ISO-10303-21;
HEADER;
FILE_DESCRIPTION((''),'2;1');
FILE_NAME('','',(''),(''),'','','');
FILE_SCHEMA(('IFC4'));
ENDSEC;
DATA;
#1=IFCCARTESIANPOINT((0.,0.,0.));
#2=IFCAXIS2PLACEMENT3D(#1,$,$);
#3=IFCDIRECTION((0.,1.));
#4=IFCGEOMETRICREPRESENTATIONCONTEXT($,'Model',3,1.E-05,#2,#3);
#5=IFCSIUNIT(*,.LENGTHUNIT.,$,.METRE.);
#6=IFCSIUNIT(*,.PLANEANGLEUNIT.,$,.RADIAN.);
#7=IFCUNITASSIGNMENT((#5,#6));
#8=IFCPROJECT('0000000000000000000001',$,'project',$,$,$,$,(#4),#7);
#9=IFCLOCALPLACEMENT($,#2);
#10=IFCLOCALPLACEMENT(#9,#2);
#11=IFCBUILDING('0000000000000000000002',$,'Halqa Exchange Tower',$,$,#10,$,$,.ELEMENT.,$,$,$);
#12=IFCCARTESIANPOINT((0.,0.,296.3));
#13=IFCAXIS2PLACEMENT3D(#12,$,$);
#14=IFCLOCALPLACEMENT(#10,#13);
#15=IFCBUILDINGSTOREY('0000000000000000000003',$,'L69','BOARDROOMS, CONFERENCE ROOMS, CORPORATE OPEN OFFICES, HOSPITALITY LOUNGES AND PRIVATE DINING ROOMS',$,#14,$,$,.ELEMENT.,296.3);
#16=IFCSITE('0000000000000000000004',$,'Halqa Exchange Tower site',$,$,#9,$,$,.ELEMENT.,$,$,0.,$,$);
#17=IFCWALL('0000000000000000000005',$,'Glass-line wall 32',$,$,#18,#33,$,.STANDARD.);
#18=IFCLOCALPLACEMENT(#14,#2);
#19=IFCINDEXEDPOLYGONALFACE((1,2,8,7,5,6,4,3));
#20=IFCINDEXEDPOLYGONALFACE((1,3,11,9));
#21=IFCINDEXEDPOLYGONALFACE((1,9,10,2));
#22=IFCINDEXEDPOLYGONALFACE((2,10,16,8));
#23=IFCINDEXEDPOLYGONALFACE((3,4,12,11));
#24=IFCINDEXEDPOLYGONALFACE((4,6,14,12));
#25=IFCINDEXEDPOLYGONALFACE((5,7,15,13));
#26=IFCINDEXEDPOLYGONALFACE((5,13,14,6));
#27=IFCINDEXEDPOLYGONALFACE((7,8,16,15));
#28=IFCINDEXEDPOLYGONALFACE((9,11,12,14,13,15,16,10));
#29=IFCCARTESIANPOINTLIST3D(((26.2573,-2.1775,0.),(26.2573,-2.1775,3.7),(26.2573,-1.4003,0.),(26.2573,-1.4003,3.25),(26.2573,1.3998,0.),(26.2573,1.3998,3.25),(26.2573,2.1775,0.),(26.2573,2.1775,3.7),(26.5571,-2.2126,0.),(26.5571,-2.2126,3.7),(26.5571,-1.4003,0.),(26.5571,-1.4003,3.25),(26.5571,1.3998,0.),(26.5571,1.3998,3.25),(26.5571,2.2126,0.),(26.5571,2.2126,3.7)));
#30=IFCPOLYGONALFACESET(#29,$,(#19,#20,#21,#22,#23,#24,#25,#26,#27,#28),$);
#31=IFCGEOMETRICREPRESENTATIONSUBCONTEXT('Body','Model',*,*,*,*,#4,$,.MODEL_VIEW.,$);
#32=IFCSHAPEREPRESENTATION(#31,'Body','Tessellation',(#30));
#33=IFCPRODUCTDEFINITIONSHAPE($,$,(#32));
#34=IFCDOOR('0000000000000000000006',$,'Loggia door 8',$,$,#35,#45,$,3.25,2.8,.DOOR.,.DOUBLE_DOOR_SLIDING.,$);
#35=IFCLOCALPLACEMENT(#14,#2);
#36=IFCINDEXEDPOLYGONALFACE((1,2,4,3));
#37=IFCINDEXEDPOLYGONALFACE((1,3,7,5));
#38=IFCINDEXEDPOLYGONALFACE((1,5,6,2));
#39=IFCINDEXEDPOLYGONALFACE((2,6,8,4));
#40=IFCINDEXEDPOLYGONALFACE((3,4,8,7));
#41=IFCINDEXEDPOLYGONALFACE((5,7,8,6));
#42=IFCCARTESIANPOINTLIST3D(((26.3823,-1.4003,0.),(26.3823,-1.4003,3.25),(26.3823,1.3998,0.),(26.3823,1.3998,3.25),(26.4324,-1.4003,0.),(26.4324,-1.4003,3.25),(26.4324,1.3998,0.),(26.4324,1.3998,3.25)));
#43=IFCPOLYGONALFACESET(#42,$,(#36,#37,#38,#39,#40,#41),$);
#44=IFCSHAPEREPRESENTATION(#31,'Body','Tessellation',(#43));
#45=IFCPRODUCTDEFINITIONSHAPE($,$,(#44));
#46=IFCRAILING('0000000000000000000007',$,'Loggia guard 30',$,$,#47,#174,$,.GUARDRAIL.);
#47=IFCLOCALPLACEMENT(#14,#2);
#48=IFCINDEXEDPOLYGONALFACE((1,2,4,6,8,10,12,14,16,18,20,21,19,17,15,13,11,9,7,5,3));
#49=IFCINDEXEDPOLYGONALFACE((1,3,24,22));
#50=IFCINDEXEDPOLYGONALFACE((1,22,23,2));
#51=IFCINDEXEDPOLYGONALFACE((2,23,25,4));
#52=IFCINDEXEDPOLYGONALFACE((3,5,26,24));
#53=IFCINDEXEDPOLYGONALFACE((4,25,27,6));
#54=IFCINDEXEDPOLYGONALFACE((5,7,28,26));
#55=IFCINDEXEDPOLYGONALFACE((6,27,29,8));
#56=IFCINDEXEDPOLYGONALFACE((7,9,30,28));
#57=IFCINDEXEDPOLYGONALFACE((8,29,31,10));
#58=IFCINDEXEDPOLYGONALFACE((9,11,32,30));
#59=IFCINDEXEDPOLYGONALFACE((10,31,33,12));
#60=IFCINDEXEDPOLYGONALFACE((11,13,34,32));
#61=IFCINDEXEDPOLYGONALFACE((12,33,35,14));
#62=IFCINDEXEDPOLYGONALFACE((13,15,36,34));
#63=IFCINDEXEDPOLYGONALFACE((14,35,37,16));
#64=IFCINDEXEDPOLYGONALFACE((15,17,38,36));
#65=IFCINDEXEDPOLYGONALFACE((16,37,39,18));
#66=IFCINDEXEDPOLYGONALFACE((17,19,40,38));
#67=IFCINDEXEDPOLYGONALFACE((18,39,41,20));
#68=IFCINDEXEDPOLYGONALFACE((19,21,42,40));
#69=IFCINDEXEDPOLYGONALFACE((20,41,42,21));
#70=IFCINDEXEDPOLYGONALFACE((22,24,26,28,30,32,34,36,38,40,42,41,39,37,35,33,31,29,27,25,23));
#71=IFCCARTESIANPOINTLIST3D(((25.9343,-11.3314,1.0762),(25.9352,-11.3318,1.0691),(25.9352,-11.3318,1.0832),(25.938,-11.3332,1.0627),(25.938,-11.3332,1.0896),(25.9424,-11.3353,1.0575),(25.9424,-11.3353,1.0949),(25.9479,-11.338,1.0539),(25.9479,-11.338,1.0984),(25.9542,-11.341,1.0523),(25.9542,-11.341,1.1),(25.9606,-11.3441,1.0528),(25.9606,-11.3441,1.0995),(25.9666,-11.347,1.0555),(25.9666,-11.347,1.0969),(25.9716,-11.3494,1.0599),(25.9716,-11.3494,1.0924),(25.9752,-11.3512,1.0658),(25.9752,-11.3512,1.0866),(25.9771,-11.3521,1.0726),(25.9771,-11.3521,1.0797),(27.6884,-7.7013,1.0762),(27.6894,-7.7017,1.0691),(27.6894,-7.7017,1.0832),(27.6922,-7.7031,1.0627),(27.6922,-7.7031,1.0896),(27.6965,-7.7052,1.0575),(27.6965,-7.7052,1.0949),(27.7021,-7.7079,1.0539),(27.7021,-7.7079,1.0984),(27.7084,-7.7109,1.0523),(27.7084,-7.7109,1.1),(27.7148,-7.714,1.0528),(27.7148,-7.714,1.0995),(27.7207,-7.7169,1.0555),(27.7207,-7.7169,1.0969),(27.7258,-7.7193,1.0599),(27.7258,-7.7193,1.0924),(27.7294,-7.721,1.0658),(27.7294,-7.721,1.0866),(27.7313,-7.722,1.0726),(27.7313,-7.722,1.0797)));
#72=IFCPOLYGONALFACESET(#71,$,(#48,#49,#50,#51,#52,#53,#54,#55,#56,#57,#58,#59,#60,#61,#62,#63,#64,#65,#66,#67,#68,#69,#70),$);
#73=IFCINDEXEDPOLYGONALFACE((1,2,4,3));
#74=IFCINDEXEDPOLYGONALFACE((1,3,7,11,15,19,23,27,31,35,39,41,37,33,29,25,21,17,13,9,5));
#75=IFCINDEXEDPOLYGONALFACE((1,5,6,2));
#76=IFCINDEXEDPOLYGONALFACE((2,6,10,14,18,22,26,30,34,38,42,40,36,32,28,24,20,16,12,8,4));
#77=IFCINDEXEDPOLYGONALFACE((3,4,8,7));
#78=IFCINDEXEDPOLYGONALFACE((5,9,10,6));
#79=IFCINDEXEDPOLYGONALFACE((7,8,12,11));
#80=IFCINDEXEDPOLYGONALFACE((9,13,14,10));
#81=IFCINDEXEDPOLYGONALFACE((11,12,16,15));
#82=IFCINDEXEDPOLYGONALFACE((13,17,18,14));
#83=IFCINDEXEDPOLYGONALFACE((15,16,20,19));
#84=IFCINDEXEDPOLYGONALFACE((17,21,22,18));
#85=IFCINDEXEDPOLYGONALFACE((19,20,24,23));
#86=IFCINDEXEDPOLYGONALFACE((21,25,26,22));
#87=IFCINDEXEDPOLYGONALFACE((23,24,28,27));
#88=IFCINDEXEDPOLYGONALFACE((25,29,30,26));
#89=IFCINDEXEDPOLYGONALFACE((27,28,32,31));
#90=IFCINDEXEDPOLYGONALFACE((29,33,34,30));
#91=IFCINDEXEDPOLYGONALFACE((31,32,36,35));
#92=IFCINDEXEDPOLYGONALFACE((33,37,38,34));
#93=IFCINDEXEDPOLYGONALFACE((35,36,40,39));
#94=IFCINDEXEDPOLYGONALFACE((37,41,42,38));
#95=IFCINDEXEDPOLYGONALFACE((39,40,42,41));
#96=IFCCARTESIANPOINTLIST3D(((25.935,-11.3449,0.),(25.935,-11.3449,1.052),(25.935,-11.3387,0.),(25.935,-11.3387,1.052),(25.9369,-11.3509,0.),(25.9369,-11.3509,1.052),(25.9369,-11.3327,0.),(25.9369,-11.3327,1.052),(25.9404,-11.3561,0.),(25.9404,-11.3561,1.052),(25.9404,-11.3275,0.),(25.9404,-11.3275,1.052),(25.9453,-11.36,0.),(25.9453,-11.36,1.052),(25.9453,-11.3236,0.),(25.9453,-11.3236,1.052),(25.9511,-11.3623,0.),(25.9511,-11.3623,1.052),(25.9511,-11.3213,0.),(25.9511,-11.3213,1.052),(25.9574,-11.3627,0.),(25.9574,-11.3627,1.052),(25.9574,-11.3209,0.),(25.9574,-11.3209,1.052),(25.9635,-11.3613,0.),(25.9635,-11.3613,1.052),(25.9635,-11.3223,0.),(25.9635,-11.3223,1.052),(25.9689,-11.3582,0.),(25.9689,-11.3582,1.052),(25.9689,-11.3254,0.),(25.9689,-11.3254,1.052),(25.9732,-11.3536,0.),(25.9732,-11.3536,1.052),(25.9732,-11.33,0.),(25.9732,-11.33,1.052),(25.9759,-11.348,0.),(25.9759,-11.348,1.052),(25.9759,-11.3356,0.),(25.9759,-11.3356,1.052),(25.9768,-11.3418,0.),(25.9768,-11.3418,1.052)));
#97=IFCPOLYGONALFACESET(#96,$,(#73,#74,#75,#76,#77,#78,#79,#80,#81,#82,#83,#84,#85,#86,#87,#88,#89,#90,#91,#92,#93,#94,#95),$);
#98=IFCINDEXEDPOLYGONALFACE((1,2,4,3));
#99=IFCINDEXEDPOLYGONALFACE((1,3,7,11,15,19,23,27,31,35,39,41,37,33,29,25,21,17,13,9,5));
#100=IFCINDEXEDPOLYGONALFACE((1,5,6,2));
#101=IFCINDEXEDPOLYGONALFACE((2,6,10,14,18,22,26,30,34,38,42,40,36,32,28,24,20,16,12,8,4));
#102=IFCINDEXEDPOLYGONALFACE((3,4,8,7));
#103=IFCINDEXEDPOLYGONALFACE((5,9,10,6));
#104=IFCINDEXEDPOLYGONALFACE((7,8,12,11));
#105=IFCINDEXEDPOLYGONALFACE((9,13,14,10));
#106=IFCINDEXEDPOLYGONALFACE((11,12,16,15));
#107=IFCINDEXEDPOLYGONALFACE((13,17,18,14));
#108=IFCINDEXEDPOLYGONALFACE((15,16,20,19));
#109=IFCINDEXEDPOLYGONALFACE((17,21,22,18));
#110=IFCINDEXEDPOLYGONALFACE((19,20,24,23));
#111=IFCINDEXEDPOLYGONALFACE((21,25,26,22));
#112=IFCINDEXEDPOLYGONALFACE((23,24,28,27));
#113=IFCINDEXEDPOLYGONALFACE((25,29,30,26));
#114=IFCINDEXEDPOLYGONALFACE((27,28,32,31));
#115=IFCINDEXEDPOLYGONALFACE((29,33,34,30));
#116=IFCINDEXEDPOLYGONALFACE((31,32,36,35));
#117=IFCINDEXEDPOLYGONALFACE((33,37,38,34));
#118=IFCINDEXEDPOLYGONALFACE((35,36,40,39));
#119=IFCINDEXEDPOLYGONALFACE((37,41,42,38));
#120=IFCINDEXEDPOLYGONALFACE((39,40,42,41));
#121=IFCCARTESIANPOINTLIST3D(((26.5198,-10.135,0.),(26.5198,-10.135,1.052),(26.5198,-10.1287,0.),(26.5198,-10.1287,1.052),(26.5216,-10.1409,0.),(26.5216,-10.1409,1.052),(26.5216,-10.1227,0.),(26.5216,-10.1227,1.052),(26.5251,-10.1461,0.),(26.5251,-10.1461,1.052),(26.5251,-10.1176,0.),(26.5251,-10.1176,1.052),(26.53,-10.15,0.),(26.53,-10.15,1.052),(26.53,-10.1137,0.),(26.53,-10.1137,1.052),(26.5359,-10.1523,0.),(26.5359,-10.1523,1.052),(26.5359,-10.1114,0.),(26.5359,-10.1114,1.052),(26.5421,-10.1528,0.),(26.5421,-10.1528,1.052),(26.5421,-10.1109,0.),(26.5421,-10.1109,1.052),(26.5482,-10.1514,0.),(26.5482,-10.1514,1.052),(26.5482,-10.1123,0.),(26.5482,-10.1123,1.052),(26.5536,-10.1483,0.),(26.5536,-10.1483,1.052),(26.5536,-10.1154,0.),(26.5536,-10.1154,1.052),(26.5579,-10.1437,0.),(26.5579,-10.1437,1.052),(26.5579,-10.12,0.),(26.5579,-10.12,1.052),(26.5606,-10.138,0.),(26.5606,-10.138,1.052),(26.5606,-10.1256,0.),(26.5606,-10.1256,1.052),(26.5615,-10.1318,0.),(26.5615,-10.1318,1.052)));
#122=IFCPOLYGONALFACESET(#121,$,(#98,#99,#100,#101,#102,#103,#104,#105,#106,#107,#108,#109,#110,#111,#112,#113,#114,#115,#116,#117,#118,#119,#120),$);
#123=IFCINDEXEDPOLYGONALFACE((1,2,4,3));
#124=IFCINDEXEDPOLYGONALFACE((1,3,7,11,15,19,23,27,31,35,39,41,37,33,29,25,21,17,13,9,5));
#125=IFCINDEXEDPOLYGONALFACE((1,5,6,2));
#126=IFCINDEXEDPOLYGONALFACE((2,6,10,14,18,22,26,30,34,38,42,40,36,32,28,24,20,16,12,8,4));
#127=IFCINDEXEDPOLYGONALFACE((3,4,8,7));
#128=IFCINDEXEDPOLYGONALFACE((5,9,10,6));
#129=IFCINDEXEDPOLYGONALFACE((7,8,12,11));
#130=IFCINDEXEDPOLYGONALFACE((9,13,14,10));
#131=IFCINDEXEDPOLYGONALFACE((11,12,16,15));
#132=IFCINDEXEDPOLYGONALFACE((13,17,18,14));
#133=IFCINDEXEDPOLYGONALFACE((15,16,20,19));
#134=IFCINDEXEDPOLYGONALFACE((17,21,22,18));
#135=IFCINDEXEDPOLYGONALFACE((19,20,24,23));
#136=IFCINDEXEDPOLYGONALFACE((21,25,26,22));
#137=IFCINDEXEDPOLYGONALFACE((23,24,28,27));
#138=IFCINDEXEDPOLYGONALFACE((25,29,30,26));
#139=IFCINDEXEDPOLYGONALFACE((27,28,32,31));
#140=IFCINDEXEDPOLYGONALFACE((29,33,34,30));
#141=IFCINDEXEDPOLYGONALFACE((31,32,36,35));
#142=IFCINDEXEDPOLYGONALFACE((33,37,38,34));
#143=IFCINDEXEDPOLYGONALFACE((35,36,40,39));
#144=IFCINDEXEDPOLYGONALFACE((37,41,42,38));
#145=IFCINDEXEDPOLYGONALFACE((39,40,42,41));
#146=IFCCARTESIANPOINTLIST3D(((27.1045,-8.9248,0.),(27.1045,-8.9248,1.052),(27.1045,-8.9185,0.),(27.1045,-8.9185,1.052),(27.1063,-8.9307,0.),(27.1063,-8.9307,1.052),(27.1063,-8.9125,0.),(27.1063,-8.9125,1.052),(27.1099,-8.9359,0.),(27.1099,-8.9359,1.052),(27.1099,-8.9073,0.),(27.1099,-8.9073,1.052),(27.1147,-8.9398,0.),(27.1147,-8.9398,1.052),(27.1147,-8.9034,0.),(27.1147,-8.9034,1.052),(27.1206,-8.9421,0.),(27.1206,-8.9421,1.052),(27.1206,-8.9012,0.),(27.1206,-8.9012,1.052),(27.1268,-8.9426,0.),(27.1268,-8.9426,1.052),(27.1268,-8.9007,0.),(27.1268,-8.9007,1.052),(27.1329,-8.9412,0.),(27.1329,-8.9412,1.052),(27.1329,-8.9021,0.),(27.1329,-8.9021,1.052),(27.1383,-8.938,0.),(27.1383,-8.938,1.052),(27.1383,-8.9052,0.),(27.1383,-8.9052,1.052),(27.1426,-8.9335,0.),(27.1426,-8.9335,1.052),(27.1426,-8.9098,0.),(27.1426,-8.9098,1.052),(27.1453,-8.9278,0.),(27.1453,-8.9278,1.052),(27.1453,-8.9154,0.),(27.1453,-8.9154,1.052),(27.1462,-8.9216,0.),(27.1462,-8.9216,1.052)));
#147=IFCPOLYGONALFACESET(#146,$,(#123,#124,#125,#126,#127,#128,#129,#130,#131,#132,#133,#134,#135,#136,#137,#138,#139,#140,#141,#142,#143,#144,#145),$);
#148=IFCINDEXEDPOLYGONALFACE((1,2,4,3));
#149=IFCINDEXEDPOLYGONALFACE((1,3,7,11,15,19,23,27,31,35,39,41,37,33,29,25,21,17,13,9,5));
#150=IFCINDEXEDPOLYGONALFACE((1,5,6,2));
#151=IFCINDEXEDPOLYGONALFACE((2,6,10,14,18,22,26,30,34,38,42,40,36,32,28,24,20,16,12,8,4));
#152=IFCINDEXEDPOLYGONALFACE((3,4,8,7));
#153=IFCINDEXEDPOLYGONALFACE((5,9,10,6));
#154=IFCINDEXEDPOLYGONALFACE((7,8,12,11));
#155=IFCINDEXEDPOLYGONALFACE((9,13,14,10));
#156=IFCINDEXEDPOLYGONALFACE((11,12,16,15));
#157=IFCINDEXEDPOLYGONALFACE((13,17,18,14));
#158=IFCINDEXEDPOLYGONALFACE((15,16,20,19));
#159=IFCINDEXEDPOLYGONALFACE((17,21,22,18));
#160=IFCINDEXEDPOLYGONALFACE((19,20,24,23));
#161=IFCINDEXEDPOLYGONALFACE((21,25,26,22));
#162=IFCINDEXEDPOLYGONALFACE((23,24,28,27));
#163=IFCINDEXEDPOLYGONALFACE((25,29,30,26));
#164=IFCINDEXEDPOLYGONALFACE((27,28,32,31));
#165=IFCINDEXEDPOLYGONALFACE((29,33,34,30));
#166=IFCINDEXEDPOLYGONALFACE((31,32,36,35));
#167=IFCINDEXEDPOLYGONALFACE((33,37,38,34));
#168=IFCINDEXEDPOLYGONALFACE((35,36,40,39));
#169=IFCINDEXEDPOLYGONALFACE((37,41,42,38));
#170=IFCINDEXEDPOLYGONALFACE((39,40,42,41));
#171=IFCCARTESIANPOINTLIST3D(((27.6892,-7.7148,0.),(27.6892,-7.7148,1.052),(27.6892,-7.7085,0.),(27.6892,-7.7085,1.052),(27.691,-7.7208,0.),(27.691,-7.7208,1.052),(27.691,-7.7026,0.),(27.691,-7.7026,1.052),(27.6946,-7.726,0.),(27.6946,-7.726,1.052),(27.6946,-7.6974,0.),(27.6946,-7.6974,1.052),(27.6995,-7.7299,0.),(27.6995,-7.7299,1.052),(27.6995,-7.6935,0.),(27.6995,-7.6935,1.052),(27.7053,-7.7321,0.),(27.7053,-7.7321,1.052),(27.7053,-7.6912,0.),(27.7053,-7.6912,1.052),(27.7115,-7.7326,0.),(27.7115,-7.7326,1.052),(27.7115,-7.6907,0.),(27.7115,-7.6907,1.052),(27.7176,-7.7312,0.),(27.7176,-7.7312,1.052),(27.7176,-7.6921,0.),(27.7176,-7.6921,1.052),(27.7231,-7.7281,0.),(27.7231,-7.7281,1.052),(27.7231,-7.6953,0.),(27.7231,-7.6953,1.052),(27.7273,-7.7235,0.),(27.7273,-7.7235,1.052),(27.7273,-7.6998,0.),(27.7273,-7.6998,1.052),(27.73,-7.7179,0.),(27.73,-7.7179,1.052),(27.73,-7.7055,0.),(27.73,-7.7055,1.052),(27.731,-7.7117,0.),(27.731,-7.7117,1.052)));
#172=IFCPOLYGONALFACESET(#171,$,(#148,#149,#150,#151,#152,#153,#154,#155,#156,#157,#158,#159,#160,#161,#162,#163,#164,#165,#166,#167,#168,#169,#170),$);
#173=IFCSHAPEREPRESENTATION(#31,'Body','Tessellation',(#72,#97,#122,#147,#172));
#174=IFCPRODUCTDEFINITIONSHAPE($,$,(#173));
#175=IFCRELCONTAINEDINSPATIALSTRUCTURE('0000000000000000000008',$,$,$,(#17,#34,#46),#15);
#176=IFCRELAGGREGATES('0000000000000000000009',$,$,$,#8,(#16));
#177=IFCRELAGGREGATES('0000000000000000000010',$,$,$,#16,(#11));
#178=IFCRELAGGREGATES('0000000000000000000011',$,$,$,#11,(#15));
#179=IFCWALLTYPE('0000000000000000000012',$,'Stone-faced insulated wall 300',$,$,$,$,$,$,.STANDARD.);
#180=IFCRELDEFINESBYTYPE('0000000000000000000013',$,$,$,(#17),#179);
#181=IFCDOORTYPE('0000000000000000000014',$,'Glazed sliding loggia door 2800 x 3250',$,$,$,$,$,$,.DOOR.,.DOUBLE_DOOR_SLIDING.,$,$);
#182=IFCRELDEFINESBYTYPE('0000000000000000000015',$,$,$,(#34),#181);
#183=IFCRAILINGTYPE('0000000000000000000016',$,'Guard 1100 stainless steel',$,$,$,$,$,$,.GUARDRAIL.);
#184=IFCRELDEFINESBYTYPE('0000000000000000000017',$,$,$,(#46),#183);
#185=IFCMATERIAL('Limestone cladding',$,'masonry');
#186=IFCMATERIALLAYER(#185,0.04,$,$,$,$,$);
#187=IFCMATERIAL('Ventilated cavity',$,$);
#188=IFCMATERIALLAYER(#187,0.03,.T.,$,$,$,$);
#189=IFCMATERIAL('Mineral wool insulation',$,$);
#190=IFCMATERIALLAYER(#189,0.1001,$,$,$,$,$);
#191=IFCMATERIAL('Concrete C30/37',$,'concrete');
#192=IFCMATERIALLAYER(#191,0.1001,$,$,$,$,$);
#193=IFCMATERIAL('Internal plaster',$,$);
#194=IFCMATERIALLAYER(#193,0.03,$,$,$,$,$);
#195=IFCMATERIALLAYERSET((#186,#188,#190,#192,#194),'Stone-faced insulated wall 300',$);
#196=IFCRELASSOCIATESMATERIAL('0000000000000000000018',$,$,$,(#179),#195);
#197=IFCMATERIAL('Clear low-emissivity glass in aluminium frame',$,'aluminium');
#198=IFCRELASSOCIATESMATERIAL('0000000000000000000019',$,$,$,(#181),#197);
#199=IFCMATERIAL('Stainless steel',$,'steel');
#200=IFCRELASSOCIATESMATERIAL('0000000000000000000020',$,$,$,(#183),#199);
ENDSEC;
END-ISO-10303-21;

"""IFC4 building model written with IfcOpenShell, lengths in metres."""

from ifc_helpers import new_model, si_unit, direction, frame, frame_2d, origin, origin_2d, place, context, subcontext, project, spatial, polyline, rectangle, circle, outline, extrude, material, layer, layer_set, type_object, element, fill, save


model = new_model("IFC4")

# Units and contexts
model_context = context("Model", 3, precision=1e-05, world=origin(), true_north=direction((0.0, 1.0)))
body_context = subcontext(model_context, "Body", "Model", "MODEL_VIEW")
ifc_project = project(units=[si_unit("LENGTHUNIT", "METRE"), si_unit("PLANEANGLEUNIT", "RADIAN")], contexts=[model_context])

# Site, building, storey
site_placement = place(None, origin())
site = spatial("IfcSite", under=ifc_project, at=site_placement, Name="Halqa Exchange Tower site", CompositionType="ELEMENT", RefElevation=0.0)
building_placement = place(site_placement, origin())
building = spatial("IfcBuilding", under=site, at=building_placement, Name="Halqa Exchange Tower", CompositionType="ELEMENT")
storey_placement = place(building_placement, frame((0.0, 0.0, 296.3)))
storey = spatial("IfcBuildingStorey", under=building, at=storey_placement, Name="L69", Description="BOARDROOMS, CONFERENCE ROOMS, CORPORATE OPEN OFFICES, HOSPITALITY LOUNGES AND PRIVATE DINING ROOMS", CompositionType="ELEMENT", Elevation=296.3)

# Shared definitions
ifc_material_1 = material(Name="Limestone cladding", Category="masonry")
ifc_layer_1 = layer(ifc_material_1, 0.04)
ifc_material_2 = material(Name="Ventilated cavity")
ifc_layer_2 = layer(ifc_material_2, 0.03, ventilated=True)
ifc_material_3 = material(Name="Mineral wool insulation")
ifc_layer_3 = layer(ifc_material_3, 0.1001)
ifc_material_4 = material(Name="Concrete C30/37", Category="concrete")
ifc_layer_4 = layer(ifc_material_4, 0.1001)
ifc_material_5 = material(Name="Internal plaster")
ifc_layer_5 = layer(ifc_material_5, 0.03)
ifc_layer_set_1 = layer_set([ifc_layer_1, ifc_layer_2, ifc_layer_3, ifc_layer_4, ifc_layer_5], Name="Stone-faced insulated wall 300")
wall_type_1 = type_object("IfcWallType", Name="Stone-faced insulated wall 300", PredefinedType="STANDARD", material=ifc_layer_set_1)
ifc_material_6 = material(Name="Clear low-emissivity glass in aluminium frame", Category="aluminium")

# Wall, opening, door
wall_1_placement = place(storey_placement, frame((26.4072, -2.1951, 0.0), z_axis=(0.0, 0.0, 1.0), x_axis=(0.0, 1.0, 0.0)))
wall_1 = element("IfcWall", 1, at=wall_1_placement, inside=storey, type_object=wall_type_1, Name="Glass-line wall 32", PredefinedType="STANDARD", context=body_context, shape_type="SweptSolid", body=[
    extrude(outline(polyline([(-0.0176, -0.1499), (4.4077, -0.1499), (4.3726, 0.1499), (0.0176, 0.1499), (-0.0176, -0.1499)])), origin(), (0.0, 0.0, 1.0), 3.7),
])
opening_1_placement = place(wall_1_placement, frame((0.7949, 0.0, 0.0)))
opening_1 = element("IfcOpeningElement", 2, at=opening_1_placement, cuts=wall_1, PredefinedType="OPENING", context=body_context, shape_type="SweptSolid", body=[
    extrude(rectangle(XDim=2.8, YDim=3.25, at=frame_2d((1.3999, 1.625))), frame((0.0, 0.1621, 0.0), z_axis=(0.0, -1.0, 0.0), x_axis=(1.0, 0.0, 0.0)), (0.0, 0.0, 1.0), 0.324),
])
door_type = type_object("IfcDoorType", Name="Glazed sliding loggia door 2800 x 3250", OperationType="DOUBLE_DOOR_SLIDING", PredefinedType="DOOR", material=ifc_material_6)
door_placement = place(opening_1_placement, origin())
door = element("IfcDoor", 3, at=door_placement, inside=storey, type_object=door_type, Name="Loggia door 8", OperationType="DOUBLE_DOOR_SLIDING", OverallHeight=3.25, OverallWidth=2.8, PredefinedType="DOOR", context=body_context, shape_type="SweptSolid", body=[
    extrude(rectangle(XDim=2.8, YDim=3.25, at=frame_2d((1.3999, 1.625))), frame((0.0, 0.0249, 0.0), z_axis=(0.0, -1.0, 0.0), x_axis=(1.0, 0.0, 0.0)), (0.0, 0.0, 1.0), 0.05),
])
fill(opening_1, door)

# Railing
ifc_material_7 = material(Name="Stainless steel", Category="steel")
railing_type = type_object("IfcRailingType", Name="Guard 1100 stainless steel", PredefinedType="GUARDRAIL", material=ifc_material_7)
railing_1_placement = place(storey_placement, frame((25.9558, -11.3418, 0.0)))
element("IfcRailing", 4, at=railing_1_placement, inside=storey, type_object=railing_type, Name="Loggia guard 30", PredefinedType="GUARDRAIL", context=body_context, shape_type="SweptSolid", body=[
    extrude(circle(Radius=0.0239, at=origin_2d()), frame((0.0, 0.0, 1.0762), z_axis=(0.435086, 0.900389, 0.0), x_axis=(-0.900389, 0.435086, 0.0)), (0.0, 0.0, 1.0), 4.0317),
    extrude(circle(Radius=0.021, at=origin_2d()), origin(), (0.0, 0.0, 1.0), 1.052),
    extrude(circle(Radius=0.021, at=origin_2d()), frame((0.5847, 1.21, 0.0)), (0.0, 0.0, 1.0), 1.052),
    extrude(circle(Radius=0.021, at=origin_2d()), frame((1.1694, 2.4202, 0.0)), (0.0, 0.0, 1.0), 1.052),
    extrude(circle(Radius=0.021, at=origin_2d()), frame((1.7542, 3.6301, 0.0)), (0.0, 0.0, 1.0), 1.052),
])

save(model, "model.ifc")
